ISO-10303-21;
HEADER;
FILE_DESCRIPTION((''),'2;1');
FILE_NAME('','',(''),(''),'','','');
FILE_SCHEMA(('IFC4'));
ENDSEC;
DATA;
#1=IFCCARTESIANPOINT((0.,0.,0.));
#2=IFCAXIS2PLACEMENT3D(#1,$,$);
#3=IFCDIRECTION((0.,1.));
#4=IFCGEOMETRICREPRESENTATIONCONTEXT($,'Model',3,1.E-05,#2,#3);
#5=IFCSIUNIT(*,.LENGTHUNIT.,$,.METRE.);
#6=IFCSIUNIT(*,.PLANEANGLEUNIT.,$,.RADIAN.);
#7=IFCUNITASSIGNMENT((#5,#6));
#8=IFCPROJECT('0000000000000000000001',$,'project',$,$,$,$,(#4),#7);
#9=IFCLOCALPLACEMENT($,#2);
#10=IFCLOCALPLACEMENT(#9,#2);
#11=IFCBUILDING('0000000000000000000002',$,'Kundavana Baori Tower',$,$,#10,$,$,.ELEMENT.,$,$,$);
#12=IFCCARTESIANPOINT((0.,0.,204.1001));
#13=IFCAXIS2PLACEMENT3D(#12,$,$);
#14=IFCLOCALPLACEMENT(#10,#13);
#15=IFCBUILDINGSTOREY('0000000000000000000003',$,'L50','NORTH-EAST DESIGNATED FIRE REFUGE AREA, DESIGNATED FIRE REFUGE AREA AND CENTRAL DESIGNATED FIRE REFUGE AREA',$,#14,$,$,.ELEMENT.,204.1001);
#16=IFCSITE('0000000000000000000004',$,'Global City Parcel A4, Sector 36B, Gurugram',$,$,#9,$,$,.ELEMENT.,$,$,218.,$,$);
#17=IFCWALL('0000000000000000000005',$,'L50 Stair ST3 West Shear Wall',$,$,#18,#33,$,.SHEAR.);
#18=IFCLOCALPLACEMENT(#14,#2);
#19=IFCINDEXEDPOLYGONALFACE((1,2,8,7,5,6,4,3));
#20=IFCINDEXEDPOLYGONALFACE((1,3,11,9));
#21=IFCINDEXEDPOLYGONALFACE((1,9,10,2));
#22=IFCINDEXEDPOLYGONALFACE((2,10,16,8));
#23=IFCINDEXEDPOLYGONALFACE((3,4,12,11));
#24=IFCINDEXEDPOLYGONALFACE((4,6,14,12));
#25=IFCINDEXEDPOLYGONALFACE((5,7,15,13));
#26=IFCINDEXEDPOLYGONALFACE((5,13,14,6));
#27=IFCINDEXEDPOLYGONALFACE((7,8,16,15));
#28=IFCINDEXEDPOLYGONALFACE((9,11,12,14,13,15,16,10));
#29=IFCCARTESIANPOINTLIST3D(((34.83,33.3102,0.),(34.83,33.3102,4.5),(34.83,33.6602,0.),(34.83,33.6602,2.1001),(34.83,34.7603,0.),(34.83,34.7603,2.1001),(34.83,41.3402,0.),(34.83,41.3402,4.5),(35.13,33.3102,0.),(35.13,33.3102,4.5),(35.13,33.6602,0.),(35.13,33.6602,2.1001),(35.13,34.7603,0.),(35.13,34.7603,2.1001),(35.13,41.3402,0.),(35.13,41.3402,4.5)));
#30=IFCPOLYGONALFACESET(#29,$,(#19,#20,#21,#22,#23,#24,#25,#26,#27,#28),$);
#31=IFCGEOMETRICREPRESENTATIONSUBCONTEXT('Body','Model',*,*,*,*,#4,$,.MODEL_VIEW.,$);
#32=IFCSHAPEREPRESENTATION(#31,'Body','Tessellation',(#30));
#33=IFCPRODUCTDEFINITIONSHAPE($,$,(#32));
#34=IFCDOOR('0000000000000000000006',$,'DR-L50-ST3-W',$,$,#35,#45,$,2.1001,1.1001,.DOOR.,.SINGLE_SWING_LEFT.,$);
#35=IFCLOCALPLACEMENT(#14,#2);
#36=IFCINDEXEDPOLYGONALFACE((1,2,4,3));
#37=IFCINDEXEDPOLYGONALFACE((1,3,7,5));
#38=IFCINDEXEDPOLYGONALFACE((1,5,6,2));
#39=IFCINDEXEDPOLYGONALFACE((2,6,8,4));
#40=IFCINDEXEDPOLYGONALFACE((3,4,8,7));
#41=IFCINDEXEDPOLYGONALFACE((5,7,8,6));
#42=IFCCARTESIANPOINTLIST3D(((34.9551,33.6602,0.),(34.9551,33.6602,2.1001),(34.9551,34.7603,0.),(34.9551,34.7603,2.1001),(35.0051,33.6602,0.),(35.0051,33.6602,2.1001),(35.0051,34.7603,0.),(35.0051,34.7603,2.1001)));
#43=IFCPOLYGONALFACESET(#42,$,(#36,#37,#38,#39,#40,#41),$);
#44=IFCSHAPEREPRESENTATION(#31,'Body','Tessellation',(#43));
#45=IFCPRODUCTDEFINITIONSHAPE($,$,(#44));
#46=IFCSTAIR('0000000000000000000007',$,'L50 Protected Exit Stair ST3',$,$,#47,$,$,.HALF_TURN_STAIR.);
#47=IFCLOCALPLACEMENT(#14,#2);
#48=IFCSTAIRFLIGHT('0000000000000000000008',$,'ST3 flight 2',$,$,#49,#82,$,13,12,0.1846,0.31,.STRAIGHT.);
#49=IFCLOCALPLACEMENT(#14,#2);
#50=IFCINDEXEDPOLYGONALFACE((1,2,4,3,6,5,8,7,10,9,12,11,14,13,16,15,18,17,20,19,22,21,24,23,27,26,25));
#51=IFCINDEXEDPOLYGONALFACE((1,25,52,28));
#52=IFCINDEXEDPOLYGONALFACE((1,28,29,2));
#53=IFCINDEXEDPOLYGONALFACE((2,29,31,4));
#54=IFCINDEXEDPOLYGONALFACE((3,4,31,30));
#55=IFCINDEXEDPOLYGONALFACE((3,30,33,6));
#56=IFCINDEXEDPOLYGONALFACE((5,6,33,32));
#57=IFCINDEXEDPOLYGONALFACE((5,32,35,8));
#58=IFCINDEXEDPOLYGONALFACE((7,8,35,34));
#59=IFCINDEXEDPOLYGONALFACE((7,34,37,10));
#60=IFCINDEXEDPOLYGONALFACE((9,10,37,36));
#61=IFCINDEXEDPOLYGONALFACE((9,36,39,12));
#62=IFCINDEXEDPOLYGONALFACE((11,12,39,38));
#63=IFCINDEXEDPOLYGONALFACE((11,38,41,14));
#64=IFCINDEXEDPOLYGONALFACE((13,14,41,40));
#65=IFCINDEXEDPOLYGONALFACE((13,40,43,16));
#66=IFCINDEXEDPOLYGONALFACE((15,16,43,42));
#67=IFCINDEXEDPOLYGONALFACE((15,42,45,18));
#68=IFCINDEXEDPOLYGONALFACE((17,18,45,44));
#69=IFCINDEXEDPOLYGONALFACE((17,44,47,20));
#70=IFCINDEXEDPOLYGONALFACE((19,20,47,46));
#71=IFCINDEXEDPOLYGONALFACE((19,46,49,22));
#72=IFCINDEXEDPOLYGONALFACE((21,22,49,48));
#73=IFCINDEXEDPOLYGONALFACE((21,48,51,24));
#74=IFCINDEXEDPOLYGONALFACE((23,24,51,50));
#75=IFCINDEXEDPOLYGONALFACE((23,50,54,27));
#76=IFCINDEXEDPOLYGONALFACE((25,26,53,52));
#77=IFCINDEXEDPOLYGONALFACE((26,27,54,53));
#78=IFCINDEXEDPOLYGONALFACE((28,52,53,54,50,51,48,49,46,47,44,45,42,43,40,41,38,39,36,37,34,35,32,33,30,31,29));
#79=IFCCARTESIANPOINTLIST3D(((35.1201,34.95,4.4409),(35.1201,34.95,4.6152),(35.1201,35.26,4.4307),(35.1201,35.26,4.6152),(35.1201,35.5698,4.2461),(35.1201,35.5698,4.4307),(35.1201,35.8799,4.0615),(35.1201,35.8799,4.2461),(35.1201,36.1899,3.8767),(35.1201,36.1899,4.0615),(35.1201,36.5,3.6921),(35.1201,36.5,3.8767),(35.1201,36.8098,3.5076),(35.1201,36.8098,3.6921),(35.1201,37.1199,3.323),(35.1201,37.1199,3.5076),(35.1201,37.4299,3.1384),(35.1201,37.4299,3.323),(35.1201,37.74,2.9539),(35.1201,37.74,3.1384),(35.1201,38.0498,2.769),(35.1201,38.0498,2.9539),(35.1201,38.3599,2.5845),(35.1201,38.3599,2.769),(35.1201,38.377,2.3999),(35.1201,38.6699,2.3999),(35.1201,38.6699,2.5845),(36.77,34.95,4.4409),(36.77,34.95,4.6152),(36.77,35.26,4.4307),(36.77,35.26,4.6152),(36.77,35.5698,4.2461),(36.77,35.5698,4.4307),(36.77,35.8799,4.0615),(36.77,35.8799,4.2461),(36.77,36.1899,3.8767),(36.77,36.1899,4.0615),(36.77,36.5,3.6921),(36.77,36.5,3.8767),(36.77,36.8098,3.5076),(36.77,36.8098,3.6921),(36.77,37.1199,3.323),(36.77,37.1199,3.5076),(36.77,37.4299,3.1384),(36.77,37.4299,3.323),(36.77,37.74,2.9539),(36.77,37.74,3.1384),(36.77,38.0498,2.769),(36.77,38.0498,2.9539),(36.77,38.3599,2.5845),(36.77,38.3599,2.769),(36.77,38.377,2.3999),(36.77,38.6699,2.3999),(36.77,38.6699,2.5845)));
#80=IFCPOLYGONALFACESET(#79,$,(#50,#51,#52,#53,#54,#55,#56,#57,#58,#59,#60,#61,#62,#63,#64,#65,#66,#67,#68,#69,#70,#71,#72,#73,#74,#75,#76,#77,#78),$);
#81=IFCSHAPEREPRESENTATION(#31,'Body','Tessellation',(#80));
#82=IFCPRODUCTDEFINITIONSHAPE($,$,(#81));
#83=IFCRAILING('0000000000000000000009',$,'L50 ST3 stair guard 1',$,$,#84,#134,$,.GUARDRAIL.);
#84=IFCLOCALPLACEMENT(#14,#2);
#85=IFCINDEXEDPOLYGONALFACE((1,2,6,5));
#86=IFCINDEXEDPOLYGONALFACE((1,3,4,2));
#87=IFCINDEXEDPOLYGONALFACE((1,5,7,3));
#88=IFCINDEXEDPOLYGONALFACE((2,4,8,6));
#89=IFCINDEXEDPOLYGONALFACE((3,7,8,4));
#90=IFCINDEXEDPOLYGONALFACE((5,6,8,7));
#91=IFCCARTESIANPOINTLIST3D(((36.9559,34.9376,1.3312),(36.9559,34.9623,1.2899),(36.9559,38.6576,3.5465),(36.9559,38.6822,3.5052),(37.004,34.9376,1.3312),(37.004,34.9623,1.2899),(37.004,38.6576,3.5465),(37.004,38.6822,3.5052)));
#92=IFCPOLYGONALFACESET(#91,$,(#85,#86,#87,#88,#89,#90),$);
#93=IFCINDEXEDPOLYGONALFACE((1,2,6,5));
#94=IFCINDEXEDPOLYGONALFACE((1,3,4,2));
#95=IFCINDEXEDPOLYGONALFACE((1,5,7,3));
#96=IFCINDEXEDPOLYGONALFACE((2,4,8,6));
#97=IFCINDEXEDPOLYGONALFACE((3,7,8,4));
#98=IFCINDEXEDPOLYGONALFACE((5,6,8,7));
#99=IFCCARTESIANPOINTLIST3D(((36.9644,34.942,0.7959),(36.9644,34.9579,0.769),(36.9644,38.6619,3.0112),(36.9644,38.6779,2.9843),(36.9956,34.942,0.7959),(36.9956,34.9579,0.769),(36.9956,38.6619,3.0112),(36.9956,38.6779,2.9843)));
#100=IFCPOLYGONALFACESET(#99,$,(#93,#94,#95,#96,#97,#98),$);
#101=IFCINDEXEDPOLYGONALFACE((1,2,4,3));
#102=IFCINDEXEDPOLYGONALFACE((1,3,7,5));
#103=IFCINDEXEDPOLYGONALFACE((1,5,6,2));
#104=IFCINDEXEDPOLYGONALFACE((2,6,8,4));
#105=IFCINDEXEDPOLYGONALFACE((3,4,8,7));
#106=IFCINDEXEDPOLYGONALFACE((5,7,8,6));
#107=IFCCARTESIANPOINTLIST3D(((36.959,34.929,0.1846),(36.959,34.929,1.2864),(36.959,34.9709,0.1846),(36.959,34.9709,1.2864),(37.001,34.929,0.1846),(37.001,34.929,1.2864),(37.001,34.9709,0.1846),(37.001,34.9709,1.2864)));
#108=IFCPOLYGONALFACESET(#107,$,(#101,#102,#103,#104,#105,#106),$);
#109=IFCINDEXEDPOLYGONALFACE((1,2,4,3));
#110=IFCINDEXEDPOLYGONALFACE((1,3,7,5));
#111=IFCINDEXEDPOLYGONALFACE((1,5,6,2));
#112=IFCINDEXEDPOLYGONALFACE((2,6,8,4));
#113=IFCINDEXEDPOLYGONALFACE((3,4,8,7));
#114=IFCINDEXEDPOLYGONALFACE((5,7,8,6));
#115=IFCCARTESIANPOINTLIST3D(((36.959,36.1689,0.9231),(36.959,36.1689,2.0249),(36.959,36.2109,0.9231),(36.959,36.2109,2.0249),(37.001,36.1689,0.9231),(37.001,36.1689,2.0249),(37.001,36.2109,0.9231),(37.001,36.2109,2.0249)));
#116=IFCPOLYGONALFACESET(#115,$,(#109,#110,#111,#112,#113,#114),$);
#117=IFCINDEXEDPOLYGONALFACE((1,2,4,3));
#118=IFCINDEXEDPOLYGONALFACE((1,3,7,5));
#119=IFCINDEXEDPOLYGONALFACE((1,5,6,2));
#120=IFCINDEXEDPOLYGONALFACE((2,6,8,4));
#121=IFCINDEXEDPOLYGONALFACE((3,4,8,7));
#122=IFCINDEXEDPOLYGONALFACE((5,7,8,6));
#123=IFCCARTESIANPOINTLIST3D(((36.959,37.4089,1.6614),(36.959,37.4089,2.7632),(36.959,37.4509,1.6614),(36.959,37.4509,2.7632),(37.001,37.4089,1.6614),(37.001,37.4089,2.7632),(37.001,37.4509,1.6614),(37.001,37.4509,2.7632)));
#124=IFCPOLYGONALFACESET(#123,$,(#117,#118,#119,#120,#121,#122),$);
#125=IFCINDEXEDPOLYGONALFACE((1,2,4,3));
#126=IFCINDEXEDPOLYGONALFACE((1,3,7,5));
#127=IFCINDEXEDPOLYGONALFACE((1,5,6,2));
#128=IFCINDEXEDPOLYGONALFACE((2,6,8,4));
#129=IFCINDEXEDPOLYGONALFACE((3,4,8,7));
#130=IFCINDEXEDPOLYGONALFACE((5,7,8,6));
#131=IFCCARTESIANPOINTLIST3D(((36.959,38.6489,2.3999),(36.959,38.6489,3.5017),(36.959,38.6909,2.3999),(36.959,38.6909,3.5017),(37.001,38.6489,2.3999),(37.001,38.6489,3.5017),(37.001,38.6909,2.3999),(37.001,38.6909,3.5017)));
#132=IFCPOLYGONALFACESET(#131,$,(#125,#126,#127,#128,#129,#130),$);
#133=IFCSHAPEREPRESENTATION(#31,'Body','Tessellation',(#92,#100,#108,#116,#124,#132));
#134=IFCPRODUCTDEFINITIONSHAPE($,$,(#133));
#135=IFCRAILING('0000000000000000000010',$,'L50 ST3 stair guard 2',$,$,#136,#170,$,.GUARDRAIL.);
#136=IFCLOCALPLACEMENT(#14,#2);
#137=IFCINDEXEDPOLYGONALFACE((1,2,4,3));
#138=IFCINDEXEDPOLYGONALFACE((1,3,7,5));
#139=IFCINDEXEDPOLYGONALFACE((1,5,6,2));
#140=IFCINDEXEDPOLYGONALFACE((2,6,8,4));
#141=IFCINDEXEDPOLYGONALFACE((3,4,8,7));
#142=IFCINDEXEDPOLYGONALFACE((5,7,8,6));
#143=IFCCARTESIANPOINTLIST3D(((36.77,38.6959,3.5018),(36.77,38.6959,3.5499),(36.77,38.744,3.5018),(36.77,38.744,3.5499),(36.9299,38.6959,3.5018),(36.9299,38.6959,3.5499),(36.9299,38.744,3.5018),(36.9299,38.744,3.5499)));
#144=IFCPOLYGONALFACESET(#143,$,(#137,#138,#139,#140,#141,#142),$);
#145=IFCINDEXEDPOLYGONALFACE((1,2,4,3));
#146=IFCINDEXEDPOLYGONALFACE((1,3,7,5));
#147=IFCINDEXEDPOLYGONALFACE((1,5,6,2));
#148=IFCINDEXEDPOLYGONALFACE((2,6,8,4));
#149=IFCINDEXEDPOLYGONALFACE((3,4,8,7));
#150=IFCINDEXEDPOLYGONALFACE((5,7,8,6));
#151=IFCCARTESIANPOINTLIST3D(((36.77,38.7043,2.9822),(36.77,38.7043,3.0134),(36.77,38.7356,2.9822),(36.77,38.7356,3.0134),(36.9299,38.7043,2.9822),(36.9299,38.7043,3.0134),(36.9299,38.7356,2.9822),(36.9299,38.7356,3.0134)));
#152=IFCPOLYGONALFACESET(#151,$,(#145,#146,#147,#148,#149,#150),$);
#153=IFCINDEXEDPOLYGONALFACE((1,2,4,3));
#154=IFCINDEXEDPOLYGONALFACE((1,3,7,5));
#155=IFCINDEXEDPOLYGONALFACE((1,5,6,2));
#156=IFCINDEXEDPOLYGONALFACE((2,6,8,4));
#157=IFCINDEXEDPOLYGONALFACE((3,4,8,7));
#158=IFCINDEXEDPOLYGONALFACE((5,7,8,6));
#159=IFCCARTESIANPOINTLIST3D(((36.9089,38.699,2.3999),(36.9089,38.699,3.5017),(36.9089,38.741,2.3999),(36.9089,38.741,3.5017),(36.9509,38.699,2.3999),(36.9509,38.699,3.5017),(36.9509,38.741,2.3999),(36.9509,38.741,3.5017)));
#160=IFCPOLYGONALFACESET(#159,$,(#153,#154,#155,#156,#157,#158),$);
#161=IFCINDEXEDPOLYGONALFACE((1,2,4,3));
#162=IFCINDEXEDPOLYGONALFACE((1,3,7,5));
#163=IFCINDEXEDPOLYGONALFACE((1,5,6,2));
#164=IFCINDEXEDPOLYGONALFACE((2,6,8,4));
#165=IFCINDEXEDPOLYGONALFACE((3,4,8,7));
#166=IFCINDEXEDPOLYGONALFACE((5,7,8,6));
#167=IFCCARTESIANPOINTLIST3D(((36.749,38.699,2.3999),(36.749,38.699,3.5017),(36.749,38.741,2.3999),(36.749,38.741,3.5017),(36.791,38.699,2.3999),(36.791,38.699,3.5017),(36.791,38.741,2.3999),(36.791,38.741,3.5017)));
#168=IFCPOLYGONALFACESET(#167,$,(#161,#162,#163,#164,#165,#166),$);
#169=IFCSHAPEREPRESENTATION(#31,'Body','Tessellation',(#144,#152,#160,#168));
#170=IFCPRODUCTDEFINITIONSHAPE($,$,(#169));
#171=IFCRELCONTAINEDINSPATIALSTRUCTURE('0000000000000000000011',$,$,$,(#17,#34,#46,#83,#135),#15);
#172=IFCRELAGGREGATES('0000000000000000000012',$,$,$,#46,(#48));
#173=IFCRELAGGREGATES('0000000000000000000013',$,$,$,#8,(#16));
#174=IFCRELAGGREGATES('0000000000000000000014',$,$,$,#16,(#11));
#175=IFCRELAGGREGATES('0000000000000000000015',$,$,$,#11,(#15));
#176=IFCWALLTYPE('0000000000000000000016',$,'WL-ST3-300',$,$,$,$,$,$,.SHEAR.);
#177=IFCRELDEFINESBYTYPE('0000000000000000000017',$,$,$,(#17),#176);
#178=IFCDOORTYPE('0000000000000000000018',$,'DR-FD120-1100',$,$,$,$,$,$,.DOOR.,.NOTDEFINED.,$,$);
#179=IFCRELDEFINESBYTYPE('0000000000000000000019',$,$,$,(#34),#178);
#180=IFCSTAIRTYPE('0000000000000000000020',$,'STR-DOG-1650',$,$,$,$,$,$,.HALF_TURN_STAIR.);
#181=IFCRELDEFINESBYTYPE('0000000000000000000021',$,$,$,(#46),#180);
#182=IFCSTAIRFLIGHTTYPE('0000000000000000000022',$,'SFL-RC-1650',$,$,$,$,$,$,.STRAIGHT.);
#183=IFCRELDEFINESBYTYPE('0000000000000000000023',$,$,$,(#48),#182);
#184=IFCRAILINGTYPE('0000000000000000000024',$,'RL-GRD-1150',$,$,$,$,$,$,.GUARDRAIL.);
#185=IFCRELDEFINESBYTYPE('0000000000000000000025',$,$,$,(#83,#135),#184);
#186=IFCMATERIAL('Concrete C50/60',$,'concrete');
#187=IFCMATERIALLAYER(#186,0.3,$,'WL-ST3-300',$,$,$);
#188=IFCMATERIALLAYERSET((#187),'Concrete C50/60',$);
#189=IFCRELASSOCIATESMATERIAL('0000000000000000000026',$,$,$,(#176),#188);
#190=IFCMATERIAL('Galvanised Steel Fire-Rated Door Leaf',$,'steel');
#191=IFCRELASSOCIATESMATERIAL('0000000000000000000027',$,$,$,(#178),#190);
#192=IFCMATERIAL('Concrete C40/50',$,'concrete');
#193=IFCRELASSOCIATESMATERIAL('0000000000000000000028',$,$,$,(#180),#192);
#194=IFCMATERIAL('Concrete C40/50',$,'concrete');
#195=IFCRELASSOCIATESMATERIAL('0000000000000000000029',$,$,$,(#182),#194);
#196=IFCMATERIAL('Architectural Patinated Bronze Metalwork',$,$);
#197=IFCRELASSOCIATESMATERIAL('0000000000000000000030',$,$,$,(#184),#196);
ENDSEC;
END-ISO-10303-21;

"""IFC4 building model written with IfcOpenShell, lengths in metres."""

from ifc_helpers import new_model, si_unit, direction, frame, frame_2d, origin, origin_2d, place, context, subcontext, project, spatial, polyline, rectangle, outline, extrude, material, layer, layer_set, type_object, element, fill, aggregate, save


model = new_model("IFC4")

# Units and contexts
model_context = context("Model", 3, precision=1e-05, world=origin(), true_north=direction((0.0, 1.0)))
body_context = subcontext(model_context, "Body", "Model", "MODEL_VIEW")
ifc_project = project(units=[si_unit("LENGTHUNIT", "METRE"), si_unit("PLANEANGLEUNIT", "RADIAN")], contexts=[model_context])

# Site, building, storey
site_placement = place(None, origin())
site = spatial("IfcSite", under=ifc_project, at=site_placement, Name="Global City Parcel A4, Sector 36B, Gurugram", CompositionType="ELEMENT", RefElevation=218.0)
building_placement = place(site_placement, origin())
building = spatial("IfcBuilding", under=site, at=building_placement, Name="Kundavana Baori Tower", CompositionType="ELEMENT")
storey_placement = place(building_placement, frame((0.0, 0.0, 204.1001)))
storey = spatial("IfcBuildingStorey", under=building, at=storey_placement, Name="L50", Description="NORTH-EAST DESIGNATED FIRE REFUGE AREA, DESIGNATED FIRE REFUGE AREA AND CENTRAL DESIGNATED FIRE REFUGE AREA", CompositionType="ELEMENT", Elevation=204.1001)

# Shared definitions
ifc_material_1 = material(Name="Concrete C50/60", Category="concrete")
ifc_layer_1 = layer(ifc_material_1, 0.3, Name="WL-ST3-300")
ifc_layer_set_1 = layer_set([ifc_layer_1], Name="Concrete C50/60")
wall_type_1 = type_object("IfcWallType", Name="WL-ST3-300", PredefinedType="SHEAR", material=ifc_layer_set_1)

# Wall, opening, door
wall_1_placement = place(storey_placement, frame((34.98, 33.3101, 0.0), z_axis=(0.0, 0.0, 1.0), x_axis=(0.0, 1.0, 0.0)))
wall_1 = element("IfcWall", 1, at=wall_1_placement, inside=storey, type_object=wall_type_1, Name="L50 Stair ST3 West Shear Wall", PredefinedType="SHEAR", context=body_context, shape_type="SweptSolid", body=[
    extrude(rectangle(XDim=8.03, YDim=0.3, at=frame_2d((4.0151, 0.0))), origin(), (0.0, 0.0, 1.0), 4.5),
])
opening_placement = place(wall_1_placement, frame((0.3501, 0.0, 0.0)))
opening = element("IfcOpeningElement", 2, at=opening_placement, cuts=wall_1, PredefinedType="OPENING", context=body_context, shape_type="SweptSolid", body=[
    extrude(rectangle(XDim=1.1001, YDim=2.1001, at=frame_2d((0.55, 1.05))), frame((0.0, 0.1602, 0.0), z_axis=(0.0, -1.0, 0.0), x_axis=(1.0, 0.0, 0.0)), (0.0, 0.0, 1.0), 0.3201),
])
ifc_material_2 = material(Name="Galvanised Steel Fire-Rated Door Leaf", Category="steel")
door_type = type_object("IfcDoorType", Name="DR-FD120-1100", OperationType="NOTDEFINED", PredefinedType="DOOR", material=ifc_material_2)
door_placement = place(opening_placement, origin())
door = element("IfcDoor", 3, at=door_placement, inside=storey, type_object=door_type, Name="DR-L50-ST3-W", OperationType="SINGLE_SWING_LEFT", OverallHeight=2.1001, OverallWidth=1.1001, PredefinedType="DOOR", context=body_context, shape_type="SweptSolid", body=[
    extrude(rectangle(XDim=1.1001, YDim=2.1001, at=frame_2d((0.55, 1.05))), frame((0.0, 0.0249, 0.0), z_axis=(0.0, -1.0, 0.0), x_axis=(1.0, 0.0, 0.0)), (0.0, 0.0, 1.0), 0.05),
])
fill(opening, door)

# Stair, stair flight
ifc_material_3 = material(Name="Concrete C40/50", Category="concrete")
stair_type = type_object("IfcStairType", Name="STR-DOG-1650", PredefinedType="HALF_TURN_STAIR", material=ifc_material_3)
stair_placement = place(storey_placement, origin())
stair = element("IfcStair", 4, at=stair_placement, inside=storey, type_object=stair_type, Name="L50 Protected Exit Stair ST3", PredefinedType="HALF_TURN_STAIR")
ifc_material_4 = material(Name="Concrete C40/50", Category="concrete")
stair_flight_type = type_object("IfcStairFlightType", Name="SFL-RC-1650", PredefinedType="STRAIGHT", material=ifc_material_4)
stair_flight_placement = place(storey_placement, frame((35.9451, 38.6699, 2.3999), z_axis=(0.0, 0.0, 1.0), x_axis=(0.0, -1.0, 0.0)))
stair_flight = element("IfcStairFlight", 5, at=stair_flight_placement, type_object=stair_flight_type, Name="ST3 flight 2", NumberOfRisers=13, NumberOfTreads=12, PredefinedType="STRAIGHT", RiserHeight=0.1846, TreadLength=0.31, context=body_context, shape_type="SweptSolid", body=[
    extrude(outline(polyline([(0.0, 0.0), (0.0, 0.1846), (0.3101, 0.1846), (0.3101, 0.3691), (0.6201, 0.3691), (0.6201, 0.554), (0.9299, 0.554), (0.9299, 0.7385), (1.24, 0.7385), (1.24, 0.9231), (1.55, 0.9231), (1.55, 1.1077), (1.8601, 1.1077), (1.8601, 1.2922), (2.1699, 1.2922), (2.1699, 1.4768), (2.48, 1.4768), (2.48, 1.6616), (2.79, 1.6616), (2.79, 1.8462), (3.1001, 1.8462), (3.1001, 2.0308), (3.4099, 2.0308), (3.4099, 2.2153), (3.72, 2.2153), (3.72, 2.3999), (3.72, 2.041), (0.293, 0.0), (0.0, 0.0)])), frame((0.0, 0.825, 0.0), z_axis=(0.0, -1.0, 0.0), x_axis=(1.0, 0.0, 0.0)), (0.0, 0.0, 1.0), 1.6499),
])
aggregate(stair, [stair_flight])

# Railings
ifc_material_5 = material(Name="Architectural Patinated Bronze Metalwork")
railing_type_1 = type_object("IfcRailingType", Name="RL-GRD-1150", PredefinedType="GUARDRAIL", material=ifc_material_5)
railing_1_placement = place(storey_placement, frame((36.98, 34.95, 0.1846)))
element("IfcRailing", 6, at=railing_1_placement, inside=storey, type_object=railing_type_1, Name="L50 ST3 stair guard 1", PredefinedType="GUARDRAIL", context=body_context, shape_type="SweptSolid", body=[
    extrude(rectangle(XDim=0.0481, YDim=0.0481, at=origin_2d()), frame((0.0, 0.0, 1.126), z_axis=(0.0, 0.859185, 0.511665), x_axis=(-1.0, 0.0, 0.0)), (0.0, 0.0, 1.0), 4.3296),
    extrude(rectangle(XDim=0.0312, YDim=0.0312, at=origin_2d()), frame((0.0, 0.0, 0.5979), z_axis=(0.0, 0.859185, 0.511665), x_axis=(-1.0, 0.0, 0.0)), (0.0, 0.0, 1.0), 4.3296),
    extrude(rectangle(XDim=0.042, YDim=0.042, at=origin_2d()), origin(), (0.0, 0.0, 1.0), 1.1018),
    extrude(rectangle(XDim=0.042, YDim=0.042, at=origin_2d()), frame((0.0, 1.24, 0.7385)), (0.0, 0.0, 1.0), 1.1018),
    extrude(rectangle(XDim=0.042, YDim=0.042, at=origin_2d()), frame((0.0, 2.48, 1.4768)), (0.0, 0.0, 1.0), 1.1018),
    extrude(rectangle(XDim=0.042, YDim=0.042, at=origin_2d()), frame((0.0, 3.72, 2.2153)), (0.0, 0.0, 1.0), 1.1018),
])
railing_2_placement = place(storey_placement, frame((36.9299, 38.72, 2.3999)))
element("IfcRailing", 7, at=railing_2_placement, inside=storey, type_object=railing_type_1, Name="L50 ST3 stair guard 2", PredefinedType="GUARDRAIL", context=body_context, shape_type="SweptSolid", body=[
    extrude(rectangle(XDim=0.0481, YDim=0.0481, at=origin_2d()), frame((0.0, 0.0, 1.126), z_axis=(-1.0, 0.0, 0.0), x_axis=(0.0, -1.0, 0.0)), (0.0, 0.0, 1.0), 0.1599),
    extrude(rectangle(XDim=0.0312, YDim=0.0312, at=origin_2d()), frame((0.0, 0.0, 0.5979), z_axis=(-1.0, 0.0, 0.0), x_axis=(0.0, -1.0, 0.0)), (0.0, 0.0, 1.0), 0.1599),
    extrude(rectangle(XDim=0.042, YDim=0.042, at=origin_2d()), origin(), (0.0, 0.0, 1.0), 1.1018),
    extrude(rectangle(XDim=0.042, YDim=0.042, at=origin_2d()), frame((-0.1599, 0.0, 0.0)), (0.0, 0.0, 1.0), 1.1018),
])

save(model, "model.ifc")
